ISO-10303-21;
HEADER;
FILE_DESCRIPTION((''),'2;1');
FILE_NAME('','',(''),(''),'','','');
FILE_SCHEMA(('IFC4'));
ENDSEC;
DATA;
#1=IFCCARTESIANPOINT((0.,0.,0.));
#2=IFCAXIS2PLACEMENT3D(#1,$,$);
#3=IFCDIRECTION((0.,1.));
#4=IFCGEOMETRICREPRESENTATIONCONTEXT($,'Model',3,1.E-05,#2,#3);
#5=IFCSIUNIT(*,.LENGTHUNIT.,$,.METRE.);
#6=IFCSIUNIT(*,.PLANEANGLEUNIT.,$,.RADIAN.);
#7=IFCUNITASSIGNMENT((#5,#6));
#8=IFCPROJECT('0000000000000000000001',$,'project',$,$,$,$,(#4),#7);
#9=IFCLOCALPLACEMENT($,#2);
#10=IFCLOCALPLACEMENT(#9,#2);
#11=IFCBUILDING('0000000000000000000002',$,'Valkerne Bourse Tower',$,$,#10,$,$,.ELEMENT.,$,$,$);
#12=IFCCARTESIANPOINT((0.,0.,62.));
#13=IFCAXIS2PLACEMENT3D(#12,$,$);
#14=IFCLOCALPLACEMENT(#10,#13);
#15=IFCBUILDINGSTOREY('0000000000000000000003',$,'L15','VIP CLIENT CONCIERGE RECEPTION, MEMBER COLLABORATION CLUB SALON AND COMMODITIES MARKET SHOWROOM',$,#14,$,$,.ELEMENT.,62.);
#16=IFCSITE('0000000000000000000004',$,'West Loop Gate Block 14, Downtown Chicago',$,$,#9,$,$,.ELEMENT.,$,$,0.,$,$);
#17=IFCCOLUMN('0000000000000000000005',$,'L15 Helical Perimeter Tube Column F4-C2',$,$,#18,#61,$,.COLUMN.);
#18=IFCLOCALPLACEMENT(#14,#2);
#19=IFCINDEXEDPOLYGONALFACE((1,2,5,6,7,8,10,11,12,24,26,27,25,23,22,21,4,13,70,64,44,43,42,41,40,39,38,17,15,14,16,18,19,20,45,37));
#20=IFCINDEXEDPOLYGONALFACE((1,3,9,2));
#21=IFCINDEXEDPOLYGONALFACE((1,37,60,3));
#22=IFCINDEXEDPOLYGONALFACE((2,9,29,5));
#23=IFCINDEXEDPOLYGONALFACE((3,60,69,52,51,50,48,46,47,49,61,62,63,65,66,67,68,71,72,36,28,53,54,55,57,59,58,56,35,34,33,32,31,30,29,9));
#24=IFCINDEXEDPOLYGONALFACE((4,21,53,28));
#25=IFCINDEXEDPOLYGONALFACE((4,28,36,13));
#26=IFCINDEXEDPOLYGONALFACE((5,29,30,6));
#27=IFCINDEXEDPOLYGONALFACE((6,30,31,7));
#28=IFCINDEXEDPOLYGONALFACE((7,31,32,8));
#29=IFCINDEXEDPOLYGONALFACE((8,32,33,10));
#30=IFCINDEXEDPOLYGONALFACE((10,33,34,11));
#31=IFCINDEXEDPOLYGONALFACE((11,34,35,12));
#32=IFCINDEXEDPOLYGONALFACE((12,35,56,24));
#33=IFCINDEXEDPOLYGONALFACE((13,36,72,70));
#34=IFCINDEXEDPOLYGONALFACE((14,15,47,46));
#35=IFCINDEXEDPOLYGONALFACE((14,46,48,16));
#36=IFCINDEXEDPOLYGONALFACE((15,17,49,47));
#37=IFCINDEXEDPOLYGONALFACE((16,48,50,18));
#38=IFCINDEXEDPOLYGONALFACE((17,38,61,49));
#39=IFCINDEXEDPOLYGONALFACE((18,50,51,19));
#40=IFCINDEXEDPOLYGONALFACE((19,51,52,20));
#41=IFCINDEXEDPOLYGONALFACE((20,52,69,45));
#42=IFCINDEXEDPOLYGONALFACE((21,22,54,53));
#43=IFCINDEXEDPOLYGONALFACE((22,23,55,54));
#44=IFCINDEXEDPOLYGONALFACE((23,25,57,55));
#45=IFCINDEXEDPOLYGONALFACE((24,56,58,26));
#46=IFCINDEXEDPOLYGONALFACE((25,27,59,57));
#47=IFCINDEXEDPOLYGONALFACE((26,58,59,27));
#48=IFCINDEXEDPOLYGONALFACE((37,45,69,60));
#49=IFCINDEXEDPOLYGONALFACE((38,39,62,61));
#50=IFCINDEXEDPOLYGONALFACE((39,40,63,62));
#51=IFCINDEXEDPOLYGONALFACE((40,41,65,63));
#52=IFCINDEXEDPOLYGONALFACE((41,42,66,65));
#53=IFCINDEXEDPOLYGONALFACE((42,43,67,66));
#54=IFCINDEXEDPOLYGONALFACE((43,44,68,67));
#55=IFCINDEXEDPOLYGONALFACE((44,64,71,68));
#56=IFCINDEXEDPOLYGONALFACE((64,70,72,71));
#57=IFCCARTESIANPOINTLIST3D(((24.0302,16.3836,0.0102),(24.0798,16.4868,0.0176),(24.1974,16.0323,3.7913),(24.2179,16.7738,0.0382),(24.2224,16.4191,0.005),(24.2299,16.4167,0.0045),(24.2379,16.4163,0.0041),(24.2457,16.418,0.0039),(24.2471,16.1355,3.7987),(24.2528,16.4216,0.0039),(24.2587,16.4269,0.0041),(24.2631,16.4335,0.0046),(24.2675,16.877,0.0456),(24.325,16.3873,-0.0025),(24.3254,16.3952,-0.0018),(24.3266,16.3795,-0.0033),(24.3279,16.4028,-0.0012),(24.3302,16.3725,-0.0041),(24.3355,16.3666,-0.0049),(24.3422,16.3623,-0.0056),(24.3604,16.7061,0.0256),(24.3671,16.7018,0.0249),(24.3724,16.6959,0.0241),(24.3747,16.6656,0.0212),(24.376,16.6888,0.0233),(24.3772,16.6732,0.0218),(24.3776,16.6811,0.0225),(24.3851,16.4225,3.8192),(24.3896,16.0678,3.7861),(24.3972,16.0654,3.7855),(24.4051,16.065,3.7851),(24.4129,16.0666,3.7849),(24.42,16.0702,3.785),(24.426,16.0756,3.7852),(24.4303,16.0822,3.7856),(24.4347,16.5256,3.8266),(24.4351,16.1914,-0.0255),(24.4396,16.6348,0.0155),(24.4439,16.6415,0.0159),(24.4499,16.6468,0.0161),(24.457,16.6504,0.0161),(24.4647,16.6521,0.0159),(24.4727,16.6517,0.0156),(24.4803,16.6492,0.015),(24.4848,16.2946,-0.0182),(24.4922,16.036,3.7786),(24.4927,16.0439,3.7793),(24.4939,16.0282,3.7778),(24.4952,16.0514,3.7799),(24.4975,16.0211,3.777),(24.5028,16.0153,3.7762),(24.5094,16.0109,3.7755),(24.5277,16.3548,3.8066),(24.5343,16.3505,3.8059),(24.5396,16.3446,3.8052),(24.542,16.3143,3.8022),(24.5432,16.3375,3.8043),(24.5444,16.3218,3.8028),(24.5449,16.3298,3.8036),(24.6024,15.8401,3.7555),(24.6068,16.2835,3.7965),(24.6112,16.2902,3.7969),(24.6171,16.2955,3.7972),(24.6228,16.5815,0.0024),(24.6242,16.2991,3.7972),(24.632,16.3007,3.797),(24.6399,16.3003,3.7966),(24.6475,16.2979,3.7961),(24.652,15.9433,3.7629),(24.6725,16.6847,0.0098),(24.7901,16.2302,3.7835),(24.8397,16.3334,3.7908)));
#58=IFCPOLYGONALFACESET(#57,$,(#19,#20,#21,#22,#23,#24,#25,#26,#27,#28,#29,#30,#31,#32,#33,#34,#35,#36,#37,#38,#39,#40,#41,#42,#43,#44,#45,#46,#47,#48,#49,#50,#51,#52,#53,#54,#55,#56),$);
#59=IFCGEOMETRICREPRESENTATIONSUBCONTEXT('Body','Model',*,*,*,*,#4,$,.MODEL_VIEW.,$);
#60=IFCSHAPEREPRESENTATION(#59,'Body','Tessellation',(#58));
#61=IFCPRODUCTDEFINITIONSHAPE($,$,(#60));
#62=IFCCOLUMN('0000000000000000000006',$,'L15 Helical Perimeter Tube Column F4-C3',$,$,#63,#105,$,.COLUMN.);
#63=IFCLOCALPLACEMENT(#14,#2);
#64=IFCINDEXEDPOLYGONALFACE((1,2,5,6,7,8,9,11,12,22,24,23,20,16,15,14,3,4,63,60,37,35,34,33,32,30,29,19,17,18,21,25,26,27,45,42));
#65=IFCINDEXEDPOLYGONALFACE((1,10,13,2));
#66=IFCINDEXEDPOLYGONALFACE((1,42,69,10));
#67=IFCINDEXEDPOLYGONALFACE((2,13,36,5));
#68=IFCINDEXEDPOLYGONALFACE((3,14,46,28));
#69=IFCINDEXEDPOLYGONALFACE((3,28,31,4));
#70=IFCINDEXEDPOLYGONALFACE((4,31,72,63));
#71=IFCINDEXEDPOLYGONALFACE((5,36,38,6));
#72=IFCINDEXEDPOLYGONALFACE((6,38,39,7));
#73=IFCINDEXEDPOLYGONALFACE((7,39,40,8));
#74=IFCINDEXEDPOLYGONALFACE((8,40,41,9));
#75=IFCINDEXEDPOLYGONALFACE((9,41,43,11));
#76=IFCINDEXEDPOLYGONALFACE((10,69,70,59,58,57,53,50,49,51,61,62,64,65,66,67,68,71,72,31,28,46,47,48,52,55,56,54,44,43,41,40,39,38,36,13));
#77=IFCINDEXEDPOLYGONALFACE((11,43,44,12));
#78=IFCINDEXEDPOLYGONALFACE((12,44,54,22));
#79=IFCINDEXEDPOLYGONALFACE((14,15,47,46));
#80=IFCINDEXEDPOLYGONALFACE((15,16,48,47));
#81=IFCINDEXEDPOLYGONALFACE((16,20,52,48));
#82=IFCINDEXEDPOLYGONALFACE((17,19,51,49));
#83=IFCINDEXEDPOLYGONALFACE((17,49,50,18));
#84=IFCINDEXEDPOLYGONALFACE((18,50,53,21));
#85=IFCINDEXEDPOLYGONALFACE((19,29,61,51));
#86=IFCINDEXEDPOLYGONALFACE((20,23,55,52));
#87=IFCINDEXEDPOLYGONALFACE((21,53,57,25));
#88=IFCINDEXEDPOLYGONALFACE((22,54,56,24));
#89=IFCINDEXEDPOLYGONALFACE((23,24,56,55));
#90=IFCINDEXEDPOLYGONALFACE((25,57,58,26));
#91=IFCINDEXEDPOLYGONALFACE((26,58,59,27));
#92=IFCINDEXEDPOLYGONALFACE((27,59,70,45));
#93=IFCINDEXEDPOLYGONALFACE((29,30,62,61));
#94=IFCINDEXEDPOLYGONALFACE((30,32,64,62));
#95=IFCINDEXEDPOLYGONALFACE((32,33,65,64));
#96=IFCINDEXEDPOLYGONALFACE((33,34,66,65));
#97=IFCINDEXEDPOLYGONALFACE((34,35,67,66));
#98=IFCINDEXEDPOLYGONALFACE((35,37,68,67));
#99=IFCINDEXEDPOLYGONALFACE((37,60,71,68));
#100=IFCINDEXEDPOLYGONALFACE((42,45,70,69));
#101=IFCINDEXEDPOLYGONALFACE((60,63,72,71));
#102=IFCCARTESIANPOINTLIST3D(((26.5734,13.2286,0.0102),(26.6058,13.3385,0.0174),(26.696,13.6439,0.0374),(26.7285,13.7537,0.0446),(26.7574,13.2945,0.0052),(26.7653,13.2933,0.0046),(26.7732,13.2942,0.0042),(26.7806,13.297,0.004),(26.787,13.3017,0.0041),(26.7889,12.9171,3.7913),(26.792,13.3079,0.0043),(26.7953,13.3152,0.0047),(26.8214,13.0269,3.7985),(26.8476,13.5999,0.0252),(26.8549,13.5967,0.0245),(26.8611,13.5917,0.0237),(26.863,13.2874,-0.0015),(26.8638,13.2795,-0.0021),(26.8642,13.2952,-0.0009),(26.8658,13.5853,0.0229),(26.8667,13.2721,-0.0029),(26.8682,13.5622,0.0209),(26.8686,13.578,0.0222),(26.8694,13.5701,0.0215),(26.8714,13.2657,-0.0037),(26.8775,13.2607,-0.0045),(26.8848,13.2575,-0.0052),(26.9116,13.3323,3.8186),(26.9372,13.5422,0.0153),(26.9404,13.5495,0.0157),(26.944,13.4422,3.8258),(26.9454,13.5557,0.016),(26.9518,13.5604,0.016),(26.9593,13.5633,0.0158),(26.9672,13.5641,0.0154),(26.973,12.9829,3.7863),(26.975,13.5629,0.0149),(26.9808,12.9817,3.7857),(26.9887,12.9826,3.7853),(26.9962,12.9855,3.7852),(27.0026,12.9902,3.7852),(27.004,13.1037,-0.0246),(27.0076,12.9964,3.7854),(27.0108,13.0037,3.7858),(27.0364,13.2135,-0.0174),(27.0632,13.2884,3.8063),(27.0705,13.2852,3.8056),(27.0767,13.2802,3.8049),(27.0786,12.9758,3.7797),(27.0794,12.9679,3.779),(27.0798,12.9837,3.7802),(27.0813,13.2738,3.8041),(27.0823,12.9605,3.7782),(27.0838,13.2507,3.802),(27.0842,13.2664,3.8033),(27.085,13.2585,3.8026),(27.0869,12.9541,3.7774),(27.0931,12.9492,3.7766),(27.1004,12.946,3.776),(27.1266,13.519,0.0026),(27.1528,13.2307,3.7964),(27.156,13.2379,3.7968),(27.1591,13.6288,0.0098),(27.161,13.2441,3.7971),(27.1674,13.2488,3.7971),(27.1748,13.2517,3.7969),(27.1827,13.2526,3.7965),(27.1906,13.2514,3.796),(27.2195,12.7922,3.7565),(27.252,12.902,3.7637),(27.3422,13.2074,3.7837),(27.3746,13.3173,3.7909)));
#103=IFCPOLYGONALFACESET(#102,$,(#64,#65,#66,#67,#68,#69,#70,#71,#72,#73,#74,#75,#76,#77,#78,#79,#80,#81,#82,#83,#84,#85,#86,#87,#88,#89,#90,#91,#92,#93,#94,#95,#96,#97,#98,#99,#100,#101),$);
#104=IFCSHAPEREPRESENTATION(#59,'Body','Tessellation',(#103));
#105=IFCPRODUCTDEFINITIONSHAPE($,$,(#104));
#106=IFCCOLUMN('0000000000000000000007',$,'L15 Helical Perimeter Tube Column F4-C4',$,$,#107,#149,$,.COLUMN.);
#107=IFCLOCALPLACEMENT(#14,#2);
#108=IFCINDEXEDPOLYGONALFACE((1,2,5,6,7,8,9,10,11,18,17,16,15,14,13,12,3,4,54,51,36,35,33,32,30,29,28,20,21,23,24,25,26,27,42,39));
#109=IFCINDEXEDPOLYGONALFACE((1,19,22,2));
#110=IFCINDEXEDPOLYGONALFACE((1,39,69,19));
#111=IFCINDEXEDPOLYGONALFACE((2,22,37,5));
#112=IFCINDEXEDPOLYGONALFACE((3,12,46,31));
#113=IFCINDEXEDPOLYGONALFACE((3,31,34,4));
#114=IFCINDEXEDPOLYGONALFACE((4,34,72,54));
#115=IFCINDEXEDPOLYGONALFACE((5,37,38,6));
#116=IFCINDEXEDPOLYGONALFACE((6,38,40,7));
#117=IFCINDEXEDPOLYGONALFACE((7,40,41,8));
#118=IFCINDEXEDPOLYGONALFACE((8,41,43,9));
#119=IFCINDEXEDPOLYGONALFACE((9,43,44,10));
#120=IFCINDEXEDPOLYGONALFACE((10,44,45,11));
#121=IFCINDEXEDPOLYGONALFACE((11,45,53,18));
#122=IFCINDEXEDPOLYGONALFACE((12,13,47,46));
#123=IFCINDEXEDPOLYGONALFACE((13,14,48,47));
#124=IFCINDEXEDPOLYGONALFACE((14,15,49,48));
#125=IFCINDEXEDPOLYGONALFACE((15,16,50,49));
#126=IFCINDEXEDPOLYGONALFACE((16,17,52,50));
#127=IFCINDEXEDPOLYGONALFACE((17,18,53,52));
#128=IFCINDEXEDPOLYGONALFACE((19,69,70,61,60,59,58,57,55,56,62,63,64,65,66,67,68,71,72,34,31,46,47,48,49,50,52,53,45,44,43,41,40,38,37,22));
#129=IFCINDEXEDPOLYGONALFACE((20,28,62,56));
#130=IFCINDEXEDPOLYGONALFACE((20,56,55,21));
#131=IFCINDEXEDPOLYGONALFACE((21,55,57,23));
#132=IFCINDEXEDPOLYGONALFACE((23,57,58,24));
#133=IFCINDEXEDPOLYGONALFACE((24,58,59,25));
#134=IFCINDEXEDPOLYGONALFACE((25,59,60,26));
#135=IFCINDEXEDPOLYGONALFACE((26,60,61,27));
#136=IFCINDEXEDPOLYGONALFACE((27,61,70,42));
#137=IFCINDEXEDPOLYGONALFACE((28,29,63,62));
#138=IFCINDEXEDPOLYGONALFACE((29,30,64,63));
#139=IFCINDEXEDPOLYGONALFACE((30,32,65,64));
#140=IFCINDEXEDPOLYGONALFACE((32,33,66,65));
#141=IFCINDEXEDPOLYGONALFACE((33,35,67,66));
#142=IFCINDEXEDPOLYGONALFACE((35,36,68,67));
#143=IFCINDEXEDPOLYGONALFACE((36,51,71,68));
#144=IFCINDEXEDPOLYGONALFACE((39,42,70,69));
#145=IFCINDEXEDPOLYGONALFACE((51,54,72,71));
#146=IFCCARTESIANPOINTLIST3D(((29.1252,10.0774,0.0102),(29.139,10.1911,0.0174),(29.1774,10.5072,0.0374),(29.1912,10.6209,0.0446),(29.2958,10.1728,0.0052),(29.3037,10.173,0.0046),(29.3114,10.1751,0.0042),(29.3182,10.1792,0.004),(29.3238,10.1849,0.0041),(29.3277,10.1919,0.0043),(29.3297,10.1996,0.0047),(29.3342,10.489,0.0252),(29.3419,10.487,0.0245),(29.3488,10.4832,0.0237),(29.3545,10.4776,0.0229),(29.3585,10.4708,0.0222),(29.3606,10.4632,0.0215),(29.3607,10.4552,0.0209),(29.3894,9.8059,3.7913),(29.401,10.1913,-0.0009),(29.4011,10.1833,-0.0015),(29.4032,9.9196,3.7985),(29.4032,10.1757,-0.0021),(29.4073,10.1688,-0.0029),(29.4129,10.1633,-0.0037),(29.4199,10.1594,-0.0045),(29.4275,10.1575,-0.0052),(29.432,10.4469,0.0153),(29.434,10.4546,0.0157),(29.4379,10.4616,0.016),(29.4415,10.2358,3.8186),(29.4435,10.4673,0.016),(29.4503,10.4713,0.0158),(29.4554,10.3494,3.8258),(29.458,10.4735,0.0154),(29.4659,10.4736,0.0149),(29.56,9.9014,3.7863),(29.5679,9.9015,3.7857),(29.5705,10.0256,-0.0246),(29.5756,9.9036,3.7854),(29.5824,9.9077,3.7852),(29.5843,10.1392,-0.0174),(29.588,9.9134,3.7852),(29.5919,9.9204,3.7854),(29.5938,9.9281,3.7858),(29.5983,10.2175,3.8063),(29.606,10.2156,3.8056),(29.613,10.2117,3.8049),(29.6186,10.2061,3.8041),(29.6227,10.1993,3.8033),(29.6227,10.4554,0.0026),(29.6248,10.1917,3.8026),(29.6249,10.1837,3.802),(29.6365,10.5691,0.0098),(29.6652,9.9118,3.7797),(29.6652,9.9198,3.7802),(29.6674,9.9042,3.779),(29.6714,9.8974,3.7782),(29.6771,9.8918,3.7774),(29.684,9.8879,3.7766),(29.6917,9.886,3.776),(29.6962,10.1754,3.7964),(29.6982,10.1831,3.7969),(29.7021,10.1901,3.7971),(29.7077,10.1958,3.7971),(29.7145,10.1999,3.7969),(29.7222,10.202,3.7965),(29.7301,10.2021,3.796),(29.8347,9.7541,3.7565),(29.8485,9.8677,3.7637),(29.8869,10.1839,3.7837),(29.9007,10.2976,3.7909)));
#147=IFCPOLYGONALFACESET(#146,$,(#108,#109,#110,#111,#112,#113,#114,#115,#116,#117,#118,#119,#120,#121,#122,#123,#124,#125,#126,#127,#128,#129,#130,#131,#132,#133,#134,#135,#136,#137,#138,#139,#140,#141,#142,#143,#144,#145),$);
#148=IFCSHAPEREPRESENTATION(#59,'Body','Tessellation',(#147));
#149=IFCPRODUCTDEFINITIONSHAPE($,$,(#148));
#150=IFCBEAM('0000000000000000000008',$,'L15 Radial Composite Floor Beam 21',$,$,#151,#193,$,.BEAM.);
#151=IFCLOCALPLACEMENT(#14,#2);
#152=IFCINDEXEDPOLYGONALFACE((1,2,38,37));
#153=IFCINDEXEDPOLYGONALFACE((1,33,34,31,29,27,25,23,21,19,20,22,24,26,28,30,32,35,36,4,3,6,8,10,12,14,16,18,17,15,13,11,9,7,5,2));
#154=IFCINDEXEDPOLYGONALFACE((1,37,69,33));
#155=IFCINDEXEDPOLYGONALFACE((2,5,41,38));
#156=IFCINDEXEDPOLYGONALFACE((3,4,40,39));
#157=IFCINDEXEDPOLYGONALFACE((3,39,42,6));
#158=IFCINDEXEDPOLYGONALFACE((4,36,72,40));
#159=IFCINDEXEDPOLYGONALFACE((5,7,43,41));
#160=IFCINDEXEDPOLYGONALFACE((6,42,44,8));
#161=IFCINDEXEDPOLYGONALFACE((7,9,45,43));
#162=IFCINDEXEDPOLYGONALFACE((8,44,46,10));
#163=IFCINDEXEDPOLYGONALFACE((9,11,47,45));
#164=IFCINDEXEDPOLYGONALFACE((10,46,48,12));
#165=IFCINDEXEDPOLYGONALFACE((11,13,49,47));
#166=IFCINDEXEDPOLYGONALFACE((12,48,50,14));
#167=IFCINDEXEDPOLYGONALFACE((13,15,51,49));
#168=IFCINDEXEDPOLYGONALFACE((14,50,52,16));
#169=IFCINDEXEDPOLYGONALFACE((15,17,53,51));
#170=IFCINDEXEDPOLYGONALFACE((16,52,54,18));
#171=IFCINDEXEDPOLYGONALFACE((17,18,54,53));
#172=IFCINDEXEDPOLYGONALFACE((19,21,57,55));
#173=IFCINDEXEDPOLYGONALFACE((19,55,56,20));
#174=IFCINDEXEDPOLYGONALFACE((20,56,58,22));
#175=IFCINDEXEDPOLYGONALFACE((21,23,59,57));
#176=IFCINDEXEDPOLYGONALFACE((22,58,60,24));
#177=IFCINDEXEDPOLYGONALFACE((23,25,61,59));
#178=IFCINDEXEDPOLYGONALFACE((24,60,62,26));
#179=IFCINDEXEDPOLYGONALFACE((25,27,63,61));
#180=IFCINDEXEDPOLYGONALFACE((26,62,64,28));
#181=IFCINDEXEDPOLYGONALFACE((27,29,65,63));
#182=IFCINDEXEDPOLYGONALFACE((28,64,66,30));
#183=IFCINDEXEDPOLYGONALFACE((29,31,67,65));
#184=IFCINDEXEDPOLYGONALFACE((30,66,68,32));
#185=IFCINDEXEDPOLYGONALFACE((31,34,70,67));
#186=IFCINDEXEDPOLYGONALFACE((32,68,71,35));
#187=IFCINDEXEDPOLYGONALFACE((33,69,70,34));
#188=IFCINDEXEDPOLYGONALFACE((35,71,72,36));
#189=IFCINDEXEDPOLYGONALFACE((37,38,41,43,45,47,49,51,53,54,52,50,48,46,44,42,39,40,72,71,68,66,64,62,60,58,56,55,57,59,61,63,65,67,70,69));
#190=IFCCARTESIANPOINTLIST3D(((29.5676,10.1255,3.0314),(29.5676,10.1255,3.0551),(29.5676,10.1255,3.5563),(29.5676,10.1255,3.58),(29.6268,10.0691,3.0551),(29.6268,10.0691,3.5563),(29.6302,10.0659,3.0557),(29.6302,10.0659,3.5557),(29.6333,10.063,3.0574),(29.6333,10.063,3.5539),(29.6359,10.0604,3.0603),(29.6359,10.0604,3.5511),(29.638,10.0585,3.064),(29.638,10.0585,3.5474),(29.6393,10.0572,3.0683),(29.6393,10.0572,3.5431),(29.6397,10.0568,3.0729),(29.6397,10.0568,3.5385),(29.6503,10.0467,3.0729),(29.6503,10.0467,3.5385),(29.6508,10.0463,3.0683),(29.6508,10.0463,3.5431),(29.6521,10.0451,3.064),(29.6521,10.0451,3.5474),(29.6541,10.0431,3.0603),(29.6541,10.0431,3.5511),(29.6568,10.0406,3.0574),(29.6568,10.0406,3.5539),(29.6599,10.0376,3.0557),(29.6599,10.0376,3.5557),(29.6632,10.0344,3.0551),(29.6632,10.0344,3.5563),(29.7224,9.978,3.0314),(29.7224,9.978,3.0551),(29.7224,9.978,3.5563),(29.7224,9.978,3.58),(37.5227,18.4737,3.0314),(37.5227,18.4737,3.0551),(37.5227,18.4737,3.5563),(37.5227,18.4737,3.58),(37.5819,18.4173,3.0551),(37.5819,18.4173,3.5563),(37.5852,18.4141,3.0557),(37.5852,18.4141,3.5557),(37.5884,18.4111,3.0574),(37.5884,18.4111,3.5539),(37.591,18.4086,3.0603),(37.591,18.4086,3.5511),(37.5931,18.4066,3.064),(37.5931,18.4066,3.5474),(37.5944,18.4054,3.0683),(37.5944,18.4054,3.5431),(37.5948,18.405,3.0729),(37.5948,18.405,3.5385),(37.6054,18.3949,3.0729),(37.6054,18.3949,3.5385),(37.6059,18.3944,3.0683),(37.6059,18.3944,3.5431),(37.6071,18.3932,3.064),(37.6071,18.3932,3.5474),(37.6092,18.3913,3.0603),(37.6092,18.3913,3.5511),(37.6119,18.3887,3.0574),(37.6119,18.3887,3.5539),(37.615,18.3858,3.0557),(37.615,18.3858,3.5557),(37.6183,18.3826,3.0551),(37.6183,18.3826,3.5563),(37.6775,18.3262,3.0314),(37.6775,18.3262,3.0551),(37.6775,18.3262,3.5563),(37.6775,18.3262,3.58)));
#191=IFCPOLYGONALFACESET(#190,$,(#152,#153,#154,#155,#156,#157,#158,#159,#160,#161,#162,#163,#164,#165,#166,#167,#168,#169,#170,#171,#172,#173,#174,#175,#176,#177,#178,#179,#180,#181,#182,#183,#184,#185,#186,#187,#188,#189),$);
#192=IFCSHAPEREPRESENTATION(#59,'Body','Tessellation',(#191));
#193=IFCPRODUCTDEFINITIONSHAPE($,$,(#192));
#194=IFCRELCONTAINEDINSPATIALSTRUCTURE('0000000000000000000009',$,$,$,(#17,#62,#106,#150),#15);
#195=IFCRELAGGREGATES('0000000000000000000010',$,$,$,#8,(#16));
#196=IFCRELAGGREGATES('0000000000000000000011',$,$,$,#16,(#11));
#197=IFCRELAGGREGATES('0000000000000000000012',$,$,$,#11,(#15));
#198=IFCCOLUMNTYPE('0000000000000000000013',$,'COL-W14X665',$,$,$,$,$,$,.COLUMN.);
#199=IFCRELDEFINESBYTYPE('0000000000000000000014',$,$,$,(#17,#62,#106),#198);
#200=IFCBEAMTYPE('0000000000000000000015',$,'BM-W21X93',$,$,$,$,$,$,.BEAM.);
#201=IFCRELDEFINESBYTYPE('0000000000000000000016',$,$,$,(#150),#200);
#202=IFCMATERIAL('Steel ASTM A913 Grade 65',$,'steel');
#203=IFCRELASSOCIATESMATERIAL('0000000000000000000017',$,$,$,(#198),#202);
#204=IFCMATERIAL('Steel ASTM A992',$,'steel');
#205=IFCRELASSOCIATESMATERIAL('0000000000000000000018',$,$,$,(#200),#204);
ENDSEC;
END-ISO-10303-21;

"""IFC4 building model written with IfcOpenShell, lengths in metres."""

from ifc_helpers import new_model, si_unit, direction, frame, origin, origin_2d, place, context, subcontext, project, spatial, i_section, extrude, material, material_profile, profile_set, type_object, element, save


model = new_model("IFC4")

# Units and contexts
model_context = context("Model", 3, precision=1e-05, world=origin(), true_north=direction((0.0, 1.0)))
body_context = subcontext(model_context, "Body", "Model", "MODEL_VIEW")
ifc_project = project(units=[si_unit("LENGTHUNIT", "METRE"), si_unit("PLANEANGLEUNIT", "RADIAN")], contexts=[model_context])

# Site, building, storey
site_placement = place(None, origin())
site = spatial("IfcSite", under=ifc_project, at=site_placement, Name="West Loop Gate Block 14, Downtown Chicago", CompositionType="ELEMENT", RefElevation=0.0)
building_placement = place(site_placement, origin())
building = spatial("IfcBuilding", under=site, at=building_placement, Name="Valkerne Bourse Tower", CompositionType="ELEMENT")
storey_placement = place(building_placement, frame((0.0, 0.0, 62.0)))
storey = spatial("IfcBuildingStorey", under=building, at=storey_placement, Name="L15", Description="VIP CLIENT CONCIERGE RECEPTION, MEMBER COLLABORATION CLUB SALON AND COMMODITIES MARKET SHOWROOM", CompositionType="ELEMENT", Elevation=62.0)

# Columns
ifc_material_1 = material(Name="Steel ASTM A913 Grade 65", Category="steel")
ifc_material_profile_1 = material_profile(ifc_material_1, i_section(OverallWidth=0.4497, OverallDepth=0.5486, WebThickness=0.072, FlangeThickness=0.1147, FilletRadius=0.0305, at=origin_2d()), Name="W14X665")
ifc_profile_set_1 = profile_set([ifc_material_profile_1], Name="Steel ASTM A913 Grade 65")
column_type = type_object("IfcColumnType", Name="COL-W14X665", PredefinedType="COLUMN", material=ifc_profile_set_1)
column_placement = place(storey_placement, frame((24.3513, 16.5342, 0.01), z_axis=(0.043998, -0.092429, 0.994747), x_axis=(0.900497, -0.427524, -0.079554)))
element("IfcColumn", 1, at=column_placement, inside=storey, type_object=column_type, Name="L15 Helical Perimeter Tube Column F4-C2", PredefinedType="COLUMN", context=body_context, shape_type="SweptSolid", body=[
    extrude(i_section(OverallWidth=0.4497, OverallDepth=0.5486, WebThickness=0.072, FlangeThickness=0.1147, FilletRadius=0.0305, at=origin_2d()), origin(), (0.0, 0.0, 1.0), 3.801),
])
for number, where, z_axis, x_axis, name in (
    (2, (26.8662, 13.4287, 0.01), (0.056732, -0.081981, 0.995018), (0.957521, -0.27776, -0.077479), "L15 Helical Perimeter Tube Column F4-C3"),
    (3, (29.3809, 10.3232, 0.01), (0.069517, -0.071445, 0.995019), (0.9903, -0.115342, -0.077469), "L15 Helical Perimeter Tube Column F4-C4"),
):
    element("IfcColumn", number, at=place(storey_placement, frame(where, z_axis=z_axis, x_axis=x_axis)), inside=storey, type_object=column_type, Name=name, PredefinedType="COLUMN", context=body_context, shape_type="SweptSolid", body=[
        extrude(i_section(OverallWidth=0.4497, OverallDepth=0.5486, WebThickness=0.072, FlangeThickness=0.1147, FilletRadius=0.0305, at=origin_2d()), origin(), (0.0, 0.0, 1.0), 3.8),
    ])

# Beam
ifc_material_2 = material(Name="Steel ASTM A992", Category="steel")
ifc_material_profile_2 = material_profile(ifc_material_2, i_section(OverallWidth=0.2139, OverallDepth=0.5486, WebThickness=0.0146, FlangeThickness=0.0237, FilletRadius=0.0178, at=origin_2d()), Name="W21X93")
ifc_profile_set_2 = profile_set([ifc_material_profile_2], Name="Steel ASTM A992")
beam_type_1 = type_object("IfcBeamType", Name="BM-W21X93", PredefinedType="BEAM", material=ifc_profile_set_2)
beam_1_placement = place(storey_placement, frame((29.645, 10.0518, 3.3057), z_axis=(0.689858, 0.723945, 0.0), x_axis=(-0.723945, 0.689858, 0.0)))
element("IfcBeam", 4, at=beam_1_placement, inside=storey, type_object=beam_type_1, Name="L15 Radial Composite Floor Beam 21", PredefinedType="BEAM", context=body_context, shape_type="SweptSolid", body=[
    extrude(i_section(OverallWidth=0.2139, OverallDepth=0.5486, WebThickness=0.0146, FlangeThickness=0.0237, FilletRadius=0.0178, at=origin_2d()), origin(), (0.0, 0.0, 1.0), 11.5315),
])

save(model, "model.ifc")
